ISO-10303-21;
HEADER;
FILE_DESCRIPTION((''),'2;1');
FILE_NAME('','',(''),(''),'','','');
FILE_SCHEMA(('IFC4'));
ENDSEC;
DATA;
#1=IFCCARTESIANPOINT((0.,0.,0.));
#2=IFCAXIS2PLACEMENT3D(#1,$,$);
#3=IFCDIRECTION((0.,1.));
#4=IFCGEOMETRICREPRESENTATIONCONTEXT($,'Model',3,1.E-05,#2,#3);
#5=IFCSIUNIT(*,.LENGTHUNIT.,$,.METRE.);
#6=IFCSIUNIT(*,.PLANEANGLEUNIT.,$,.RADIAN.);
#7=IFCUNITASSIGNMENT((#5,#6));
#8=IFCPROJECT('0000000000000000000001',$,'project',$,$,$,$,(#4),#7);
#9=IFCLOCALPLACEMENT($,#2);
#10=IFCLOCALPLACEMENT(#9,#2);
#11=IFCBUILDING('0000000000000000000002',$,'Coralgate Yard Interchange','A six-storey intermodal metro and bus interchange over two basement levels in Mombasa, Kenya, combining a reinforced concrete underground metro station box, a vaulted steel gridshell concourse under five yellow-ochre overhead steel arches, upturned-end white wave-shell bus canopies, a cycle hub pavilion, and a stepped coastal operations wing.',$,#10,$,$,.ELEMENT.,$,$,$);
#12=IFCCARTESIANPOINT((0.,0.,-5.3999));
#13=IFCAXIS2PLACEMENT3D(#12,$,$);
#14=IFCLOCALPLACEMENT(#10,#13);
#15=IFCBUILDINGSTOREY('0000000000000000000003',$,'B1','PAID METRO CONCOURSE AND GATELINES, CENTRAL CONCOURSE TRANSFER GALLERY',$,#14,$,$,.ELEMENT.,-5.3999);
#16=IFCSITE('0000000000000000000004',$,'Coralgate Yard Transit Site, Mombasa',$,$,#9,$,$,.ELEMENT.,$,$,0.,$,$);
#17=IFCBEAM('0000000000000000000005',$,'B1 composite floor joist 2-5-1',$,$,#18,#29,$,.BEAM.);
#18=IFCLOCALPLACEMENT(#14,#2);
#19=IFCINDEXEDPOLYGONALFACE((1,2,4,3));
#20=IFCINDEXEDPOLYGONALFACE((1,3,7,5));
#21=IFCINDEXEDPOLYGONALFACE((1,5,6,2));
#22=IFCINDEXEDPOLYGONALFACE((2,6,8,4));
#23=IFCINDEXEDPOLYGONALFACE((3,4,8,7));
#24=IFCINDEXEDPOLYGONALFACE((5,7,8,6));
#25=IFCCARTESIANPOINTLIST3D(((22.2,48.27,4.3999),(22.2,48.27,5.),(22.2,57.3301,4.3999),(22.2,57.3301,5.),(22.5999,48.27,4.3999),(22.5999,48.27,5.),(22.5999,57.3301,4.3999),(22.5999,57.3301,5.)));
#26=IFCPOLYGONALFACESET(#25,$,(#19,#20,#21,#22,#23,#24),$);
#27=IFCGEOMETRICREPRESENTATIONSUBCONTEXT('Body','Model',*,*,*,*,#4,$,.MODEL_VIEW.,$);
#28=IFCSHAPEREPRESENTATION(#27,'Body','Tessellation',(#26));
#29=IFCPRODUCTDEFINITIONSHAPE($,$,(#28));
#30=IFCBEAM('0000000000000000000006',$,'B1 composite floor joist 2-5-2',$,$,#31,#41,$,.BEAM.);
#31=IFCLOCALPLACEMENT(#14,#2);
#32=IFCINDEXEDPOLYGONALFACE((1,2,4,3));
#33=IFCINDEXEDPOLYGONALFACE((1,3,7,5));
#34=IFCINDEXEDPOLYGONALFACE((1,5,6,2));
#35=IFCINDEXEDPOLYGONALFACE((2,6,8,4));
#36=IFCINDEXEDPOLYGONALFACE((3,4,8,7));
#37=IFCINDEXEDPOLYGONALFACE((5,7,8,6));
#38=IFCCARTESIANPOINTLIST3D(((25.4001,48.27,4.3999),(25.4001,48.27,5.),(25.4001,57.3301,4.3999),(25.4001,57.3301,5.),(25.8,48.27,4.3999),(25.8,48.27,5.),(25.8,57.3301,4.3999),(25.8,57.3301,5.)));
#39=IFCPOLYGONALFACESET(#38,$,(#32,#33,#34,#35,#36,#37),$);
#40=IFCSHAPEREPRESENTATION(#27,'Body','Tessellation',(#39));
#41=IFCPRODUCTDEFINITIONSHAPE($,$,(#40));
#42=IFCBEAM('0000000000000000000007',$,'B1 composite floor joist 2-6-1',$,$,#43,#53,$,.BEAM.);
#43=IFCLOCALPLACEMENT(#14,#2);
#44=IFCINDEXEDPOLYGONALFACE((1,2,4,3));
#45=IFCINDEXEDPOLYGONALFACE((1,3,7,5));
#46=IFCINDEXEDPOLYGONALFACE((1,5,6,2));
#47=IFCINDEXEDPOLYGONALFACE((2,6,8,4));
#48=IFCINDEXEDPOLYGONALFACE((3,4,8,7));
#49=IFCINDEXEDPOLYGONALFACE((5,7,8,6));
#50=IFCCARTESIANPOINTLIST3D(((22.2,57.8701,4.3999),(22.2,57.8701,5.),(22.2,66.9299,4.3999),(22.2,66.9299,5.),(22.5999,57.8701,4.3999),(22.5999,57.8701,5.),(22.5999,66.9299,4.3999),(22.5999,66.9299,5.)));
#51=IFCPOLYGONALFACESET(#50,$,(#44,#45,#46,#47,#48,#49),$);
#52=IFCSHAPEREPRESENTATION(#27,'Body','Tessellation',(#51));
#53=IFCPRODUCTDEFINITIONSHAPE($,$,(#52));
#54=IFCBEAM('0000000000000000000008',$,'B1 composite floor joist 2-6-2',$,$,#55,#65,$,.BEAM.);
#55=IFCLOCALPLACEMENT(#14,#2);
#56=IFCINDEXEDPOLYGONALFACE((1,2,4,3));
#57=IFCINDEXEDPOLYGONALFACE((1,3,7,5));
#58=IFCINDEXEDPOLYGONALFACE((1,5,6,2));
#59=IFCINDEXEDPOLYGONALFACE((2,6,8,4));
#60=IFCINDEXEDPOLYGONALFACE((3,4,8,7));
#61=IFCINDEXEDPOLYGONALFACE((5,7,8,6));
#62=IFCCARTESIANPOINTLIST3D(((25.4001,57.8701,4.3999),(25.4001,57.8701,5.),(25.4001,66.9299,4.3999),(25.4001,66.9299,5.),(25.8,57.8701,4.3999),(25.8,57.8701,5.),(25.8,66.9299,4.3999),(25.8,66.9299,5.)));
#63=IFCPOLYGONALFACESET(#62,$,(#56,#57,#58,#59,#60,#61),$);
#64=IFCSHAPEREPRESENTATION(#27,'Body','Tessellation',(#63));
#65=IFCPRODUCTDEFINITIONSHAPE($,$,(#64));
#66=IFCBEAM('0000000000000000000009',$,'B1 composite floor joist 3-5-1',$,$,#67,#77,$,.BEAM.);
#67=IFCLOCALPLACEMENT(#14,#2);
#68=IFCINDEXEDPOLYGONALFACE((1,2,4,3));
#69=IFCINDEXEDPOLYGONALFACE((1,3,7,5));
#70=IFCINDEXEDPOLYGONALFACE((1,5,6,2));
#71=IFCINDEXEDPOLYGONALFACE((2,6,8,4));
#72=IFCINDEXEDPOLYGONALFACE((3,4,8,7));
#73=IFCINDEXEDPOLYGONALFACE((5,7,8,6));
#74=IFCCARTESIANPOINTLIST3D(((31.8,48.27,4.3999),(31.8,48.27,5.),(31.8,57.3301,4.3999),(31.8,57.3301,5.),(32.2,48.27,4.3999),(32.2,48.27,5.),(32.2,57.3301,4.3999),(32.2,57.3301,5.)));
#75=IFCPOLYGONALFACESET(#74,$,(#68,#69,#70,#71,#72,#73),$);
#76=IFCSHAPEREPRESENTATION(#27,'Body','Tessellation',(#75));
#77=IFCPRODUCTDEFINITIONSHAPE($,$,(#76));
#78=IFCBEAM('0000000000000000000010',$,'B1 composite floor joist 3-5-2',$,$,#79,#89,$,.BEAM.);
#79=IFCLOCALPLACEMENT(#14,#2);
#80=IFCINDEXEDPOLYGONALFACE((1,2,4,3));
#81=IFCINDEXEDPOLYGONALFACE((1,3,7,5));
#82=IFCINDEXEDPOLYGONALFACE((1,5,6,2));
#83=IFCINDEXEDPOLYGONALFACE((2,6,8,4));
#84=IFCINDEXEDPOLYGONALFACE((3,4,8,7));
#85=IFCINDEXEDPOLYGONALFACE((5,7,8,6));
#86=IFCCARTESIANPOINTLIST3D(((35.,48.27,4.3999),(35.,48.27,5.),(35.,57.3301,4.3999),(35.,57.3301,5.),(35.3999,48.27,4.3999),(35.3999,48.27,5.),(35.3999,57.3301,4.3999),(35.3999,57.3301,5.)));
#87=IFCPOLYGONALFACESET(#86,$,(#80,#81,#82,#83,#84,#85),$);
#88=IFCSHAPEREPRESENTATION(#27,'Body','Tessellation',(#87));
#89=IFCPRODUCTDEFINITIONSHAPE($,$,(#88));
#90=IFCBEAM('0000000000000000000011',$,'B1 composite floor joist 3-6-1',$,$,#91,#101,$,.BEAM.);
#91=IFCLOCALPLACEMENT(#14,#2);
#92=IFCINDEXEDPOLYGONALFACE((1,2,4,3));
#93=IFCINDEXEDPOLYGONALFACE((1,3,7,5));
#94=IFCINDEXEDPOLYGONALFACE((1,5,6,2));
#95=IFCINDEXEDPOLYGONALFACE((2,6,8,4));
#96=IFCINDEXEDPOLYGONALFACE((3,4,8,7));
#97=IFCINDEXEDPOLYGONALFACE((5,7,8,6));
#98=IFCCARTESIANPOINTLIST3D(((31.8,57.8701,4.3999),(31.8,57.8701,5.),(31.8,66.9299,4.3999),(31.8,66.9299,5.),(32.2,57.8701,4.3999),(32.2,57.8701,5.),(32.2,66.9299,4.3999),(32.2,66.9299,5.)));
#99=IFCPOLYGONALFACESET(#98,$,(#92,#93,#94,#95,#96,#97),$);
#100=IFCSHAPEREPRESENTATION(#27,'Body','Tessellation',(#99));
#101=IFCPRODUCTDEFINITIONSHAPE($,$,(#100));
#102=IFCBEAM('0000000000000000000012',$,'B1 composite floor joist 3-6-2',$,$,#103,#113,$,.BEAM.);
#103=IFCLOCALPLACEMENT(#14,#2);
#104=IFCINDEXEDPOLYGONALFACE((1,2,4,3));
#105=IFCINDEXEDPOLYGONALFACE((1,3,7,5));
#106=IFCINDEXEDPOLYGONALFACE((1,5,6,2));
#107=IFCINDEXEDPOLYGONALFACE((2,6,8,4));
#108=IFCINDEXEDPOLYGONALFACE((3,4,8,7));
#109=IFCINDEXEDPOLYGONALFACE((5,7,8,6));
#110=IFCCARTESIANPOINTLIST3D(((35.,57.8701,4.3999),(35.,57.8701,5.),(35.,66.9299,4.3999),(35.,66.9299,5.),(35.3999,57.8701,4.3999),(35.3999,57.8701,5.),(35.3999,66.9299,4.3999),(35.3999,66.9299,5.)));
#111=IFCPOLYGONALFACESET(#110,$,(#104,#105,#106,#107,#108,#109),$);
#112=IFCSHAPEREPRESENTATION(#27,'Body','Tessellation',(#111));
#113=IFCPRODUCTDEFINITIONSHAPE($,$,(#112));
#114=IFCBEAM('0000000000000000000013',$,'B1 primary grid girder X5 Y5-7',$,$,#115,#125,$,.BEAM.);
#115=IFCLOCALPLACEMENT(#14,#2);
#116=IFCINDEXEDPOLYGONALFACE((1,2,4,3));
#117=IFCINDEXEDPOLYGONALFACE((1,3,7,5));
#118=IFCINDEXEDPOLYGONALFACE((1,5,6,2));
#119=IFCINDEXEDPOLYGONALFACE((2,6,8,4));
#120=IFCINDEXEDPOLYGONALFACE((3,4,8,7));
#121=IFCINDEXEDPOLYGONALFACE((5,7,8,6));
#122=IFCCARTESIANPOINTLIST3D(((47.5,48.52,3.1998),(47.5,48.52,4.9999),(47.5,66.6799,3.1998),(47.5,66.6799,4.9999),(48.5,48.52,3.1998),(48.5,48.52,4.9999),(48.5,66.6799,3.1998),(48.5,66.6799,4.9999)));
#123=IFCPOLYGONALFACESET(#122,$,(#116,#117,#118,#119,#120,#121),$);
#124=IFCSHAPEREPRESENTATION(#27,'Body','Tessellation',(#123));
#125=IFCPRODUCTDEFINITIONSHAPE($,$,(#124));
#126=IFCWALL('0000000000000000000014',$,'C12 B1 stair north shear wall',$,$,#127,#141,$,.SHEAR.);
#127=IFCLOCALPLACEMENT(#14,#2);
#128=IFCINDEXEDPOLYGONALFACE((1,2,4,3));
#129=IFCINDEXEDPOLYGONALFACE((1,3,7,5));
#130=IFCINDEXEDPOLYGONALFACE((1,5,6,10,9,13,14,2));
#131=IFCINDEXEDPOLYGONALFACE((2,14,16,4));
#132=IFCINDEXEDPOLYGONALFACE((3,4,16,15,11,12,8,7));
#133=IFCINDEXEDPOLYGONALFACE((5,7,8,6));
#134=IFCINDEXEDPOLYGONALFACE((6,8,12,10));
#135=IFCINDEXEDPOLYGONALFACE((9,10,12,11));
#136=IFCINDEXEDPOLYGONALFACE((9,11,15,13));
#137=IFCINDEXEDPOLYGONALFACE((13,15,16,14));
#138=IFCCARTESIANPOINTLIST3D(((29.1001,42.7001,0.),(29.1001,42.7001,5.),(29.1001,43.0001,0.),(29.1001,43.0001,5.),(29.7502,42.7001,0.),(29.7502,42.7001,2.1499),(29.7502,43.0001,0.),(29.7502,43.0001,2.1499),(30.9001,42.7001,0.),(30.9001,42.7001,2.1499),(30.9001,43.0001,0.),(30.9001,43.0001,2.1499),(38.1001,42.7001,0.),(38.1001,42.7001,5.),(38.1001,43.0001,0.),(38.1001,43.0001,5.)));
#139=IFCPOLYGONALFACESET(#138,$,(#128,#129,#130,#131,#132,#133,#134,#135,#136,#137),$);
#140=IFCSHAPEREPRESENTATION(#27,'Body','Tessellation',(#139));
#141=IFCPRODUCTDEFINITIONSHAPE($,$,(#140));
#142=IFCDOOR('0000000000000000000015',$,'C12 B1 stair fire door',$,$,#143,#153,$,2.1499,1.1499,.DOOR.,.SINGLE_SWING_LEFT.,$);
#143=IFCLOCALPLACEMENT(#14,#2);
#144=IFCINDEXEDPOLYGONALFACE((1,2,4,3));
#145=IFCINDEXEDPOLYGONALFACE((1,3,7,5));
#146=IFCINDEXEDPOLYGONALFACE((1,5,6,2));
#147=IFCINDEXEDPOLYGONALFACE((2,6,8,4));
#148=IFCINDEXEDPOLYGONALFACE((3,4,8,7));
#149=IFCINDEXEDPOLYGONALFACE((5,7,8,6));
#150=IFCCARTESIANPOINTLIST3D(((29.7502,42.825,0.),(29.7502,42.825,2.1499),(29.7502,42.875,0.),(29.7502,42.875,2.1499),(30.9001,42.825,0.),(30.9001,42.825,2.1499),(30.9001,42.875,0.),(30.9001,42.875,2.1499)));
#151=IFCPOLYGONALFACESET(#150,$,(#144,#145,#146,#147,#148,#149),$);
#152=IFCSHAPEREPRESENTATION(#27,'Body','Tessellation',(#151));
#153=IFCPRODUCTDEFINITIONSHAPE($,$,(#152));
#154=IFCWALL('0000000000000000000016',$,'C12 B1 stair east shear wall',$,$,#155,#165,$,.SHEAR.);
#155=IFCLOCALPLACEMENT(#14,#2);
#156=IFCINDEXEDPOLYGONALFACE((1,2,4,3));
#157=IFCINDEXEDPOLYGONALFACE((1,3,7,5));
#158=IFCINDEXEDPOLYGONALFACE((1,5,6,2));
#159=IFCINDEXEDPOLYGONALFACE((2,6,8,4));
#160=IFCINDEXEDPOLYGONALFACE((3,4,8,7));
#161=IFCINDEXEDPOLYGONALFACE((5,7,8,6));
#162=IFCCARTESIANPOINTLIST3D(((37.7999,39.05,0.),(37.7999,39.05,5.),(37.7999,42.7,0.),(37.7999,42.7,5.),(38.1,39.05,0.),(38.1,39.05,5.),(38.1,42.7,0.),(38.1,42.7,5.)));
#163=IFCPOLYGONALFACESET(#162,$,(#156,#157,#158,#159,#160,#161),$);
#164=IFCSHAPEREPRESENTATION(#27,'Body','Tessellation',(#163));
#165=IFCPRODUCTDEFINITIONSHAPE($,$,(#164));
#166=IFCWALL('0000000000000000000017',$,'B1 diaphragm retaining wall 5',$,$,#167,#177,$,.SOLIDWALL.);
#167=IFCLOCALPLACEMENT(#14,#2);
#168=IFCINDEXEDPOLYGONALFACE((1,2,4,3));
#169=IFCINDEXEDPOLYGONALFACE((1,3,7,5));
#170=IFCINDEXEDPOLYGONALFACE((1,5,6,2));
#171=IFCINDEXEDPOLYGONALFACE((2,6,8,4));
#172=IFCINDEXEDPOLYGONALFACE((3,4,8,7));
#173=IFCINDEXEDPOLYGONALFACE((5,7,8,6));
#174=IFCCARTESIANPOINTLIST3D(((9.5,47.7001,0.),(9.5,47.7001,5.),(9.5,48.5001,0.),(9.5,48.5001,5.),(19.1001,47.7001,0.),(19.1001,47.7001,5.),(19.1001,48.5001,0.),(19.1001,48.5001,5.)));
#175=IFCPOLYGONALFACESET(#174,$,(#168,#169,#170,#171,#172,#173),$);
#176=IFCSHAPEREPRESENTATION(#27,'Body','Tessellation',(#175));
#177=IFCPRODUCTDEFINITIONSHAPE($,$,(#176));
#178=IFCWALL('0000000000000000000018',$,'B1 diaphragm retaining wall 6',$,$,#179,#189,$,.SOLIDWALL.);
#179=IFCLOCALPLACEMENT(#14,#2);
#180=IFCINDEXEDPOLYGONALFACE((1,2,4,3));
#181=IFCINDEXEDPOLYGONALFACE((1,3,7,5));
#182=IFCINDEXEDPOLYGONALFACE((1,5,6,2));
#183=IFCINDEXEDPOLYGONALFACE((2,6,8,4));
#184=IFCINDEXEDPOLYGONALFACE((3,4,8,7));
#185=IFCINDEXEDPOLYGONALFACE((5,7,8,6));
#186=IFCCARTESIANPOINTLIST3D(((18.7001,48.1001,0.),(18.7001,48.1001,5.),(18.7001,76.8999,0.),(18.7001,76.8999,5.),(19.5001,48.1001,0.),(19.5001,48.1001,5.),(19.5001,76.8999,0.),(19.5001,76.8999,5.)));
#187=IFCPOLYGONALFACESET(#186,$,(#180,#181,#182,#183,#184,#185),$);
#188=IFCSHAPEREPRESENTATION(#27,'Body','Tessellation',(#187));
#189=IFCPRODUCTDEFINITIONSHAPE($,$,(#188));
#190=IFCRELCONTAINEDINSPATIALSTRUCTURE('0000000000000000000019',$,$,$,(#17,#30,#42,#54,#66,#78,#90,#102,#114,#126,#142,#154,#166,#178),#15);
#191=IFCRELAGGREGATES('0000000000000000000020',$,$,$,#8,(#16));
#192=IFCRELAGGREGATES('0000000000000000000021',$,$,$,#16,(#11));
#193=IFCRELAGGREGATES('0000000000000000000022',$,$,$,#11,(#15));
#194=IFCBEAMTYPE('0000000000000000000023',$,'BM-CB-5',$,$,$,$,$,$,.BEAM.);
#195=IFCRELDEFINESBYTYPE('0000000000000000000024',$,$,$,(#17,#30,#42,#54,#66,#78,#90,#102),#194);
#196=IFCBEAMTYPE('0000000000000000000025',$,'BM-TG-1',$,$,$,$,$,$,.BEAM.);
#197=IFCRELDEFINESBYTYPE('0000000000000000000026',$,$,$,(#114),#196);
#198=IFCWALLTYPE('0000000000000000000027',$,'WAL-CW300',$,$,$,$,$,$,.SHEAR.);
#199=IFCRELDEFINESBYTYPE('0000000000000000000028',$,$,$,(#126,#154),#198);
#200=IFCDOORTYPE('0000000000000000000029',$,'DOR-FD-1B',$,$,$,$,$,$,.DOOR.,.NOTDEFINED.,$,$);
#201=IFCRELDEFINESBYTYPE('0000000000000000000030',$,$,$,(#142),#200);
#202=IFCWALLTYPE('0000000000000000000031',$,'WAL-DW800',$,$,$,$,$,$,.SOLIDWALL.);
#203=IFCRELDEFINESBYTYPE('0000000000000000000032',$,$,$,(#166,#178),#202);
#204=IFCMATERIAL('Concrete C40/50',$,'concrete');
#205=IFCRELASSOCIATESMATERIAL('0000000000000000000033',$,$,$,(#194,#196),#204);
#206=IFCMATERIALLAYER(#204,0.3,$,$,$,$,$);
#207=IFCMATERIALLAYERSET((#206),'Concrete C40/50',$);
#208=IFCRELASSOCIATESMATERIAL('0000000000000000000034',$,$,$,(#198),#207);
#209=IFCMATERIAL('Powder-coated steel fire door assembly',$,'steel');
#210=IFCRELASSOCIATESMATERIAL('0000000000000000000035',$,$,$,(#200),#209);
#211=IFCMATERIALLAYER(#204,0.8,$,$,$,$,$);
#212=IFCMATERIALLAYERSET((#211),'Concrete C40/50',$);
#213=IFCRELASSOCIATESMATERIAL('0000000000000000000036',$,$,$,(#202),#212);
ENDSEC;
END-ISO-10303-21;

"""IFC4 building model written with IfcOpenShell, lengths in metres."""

from ifc_helpers import new_model, si_unit, direction, frame, frame_2d, origin, origin_2d, place, context, subcontext, project, spatial, rectangle, extrude, material, layer, layer_set, material_profile, profile_set, type_object, element, fill, save


model = new_model("IFC4")

# Units and contexts
model_context = context("Model", 3, precision=1e-05, world=origin(), true_north=direction((0.0, 1.0)))
body_context = subcontext(model_context, "Body", "Model", "MODEL_VIEW")
ifc_project = project(units=[si_unit("LENGTHUNIT", "METRE"), si_unit("PLANEANGLEUNIT", "RADIAN")], contexts=[model_context])

# Site, building, storey
site_placement = place(None, origin())
site = spatial("IfcSite", under=ifc_project, at=site_placement, Name="Coralgate Yard Transit Site, Mombasa", CompositionType="ELEMENT", RefElevation=0.0)
building_placement = place(site_placement, origin())
building = spatial("IfcBuilding", under=site, at=building_placement, Name="Coralgate Yard Interchange", Description="A six-storey intermodal metro and bus interchange over two basement levels in Mombasa, Kenya, combining a reinforced concrete underground metro station box, a vaulted steel gridshell concourse under five yellow-ochre overhead steel arches, upturned-end white wave-shell bus canopies, a cycle hub pavilion, and a stepped coastal operations wing.", CompositionType="ELEMENT")
storey_placement = place(building_placement, frame((0.0, 0.0, -5.3999)))
storey = spatial("IfcBuildingStorey", under=building, at=storey_placement, Name="B1", Description="PAID METRO CONCOURSE AND GATELINES, CENTRAL CONCOURSE TRANSFER GALLERY", CompositionType="ELEMENT", Elevation=-5.3999)

# Shared definitions
ifc_material_1 = material(Name="Concrete C40/50", Category="concrete")

# Beams
ifc_material_profile_1 = material_profile(ifc_material_1, rectangle(XDim=0.3999, YDim=0.6001, at=origin_2d()), Name="RC 400x600")
ifc_profile_set_1 = profile_set([ifc_material_profile_1], Name="Concrete C40/50")
beam_type_1 = type_object("IfcBeamType", Name="BM-CB-5", PredefinedType="BEAM", material=ifc_profile_set_1)
for number, where, z_axis, x_axis, name in (
    (1, (22.3999, 48.27, 4.7), (0.0, 1.0, 0.0), (-1.0, 0.0, 0.0), "B1 composite floor joist 2-5-1"),
    (2, (25.6001, 48.27, 4.7), (0.0, 1.0, 0.0), (-1.0, 0.0, 0.0), "B1 composite floor joist 2-5-2"),
):
    element("IfcBeam", number, at=place(storey_placement, frame(where, z_axis=z_axis, x_axis=x_axis)), inside=storey, type_object=beam_type_1, Name=name, PredefinedType="BEAM", context=body_context, shape_type="SweptSolid", body=[
        extrude(rectangle(XDim=0.3999, YDim=0.6001, at=origin_2d()), origin(), (0.0, 0.0, 1.0), 9.0601),
    ])
for number, where, z_axis, x_axis, name in (
    (3, (22.3999, 57.8701, 4.7), (0.0, 1.0, 0.0), (-1.0, 0.0, 0.0), "B1 composite floor joist 2-6-1"),
    (4, (25.6001, 57.8701, 4.7), (0.0, 1.0, 0.0), (-1.0, 0.0, 0.0), "B1 composite floor joist 2-6-2"),
):
    element("IfcBeam", number, at=place(storey_placement, frame(where, z_axis=z_axis, x_axis=x_axis)), inside=storey, type_object=beam_type_1, Name=name, PredefinedType="BEAM", context=body_context, shape_type="SweptSolid", body=[
        extrude(rectangle(XDim=0.3999, YDim=0.6001, at=origin_2d()), origin(), (0.0, 0.0, 1.0), 9.0598),
    ])
for number, where, z_axis, x_axis, name in (
    (5, (32.0, 48.27, 4.7), (0.0, 1.0, 0.0), (-1.0, 0.0, 0.0), "B1 composite floor joist 3-5-1"),
    (6, (35.2, 48.27, 4.7), (0.0, 1.0, 0.0), (-1.0, 0.0, 0.0), "B1 composite floor joist 3-5-2"),
):
    element("IfcBeam", number, at=place(storey_placement, frame(where, z_axis=z_axis, x_axis=x_axis)), inside=storey, type_object=beam_type_1, Name=name, PredefinedType="BEAM", context=body_context, shape_type="SweptSolid", body=[
        extrude(rectangle(XDim=0.3999, YDim=0.6001, at=origin_2d()), origin(), (0.0, 0.0, 1.0), 9.0601),
    ])
for number, where, z_axis, x_axis, name in (
    (7, (32.0, 57.8701, 4.7), (0.0, 1.0, 0.0), (-1.0, 0.0, 0.0), "B1 composite floor joist 3-6-1"),
    (8, (35.2, 57.8701, 4.7), (0.0, 1.0, 0.0), (-1.0, 0.0, 0.0), "B1 composite floor joist 3-6-2"),
):
    element("IfcBeam", number, at=place(storey_placement, frame(where, z_axis=z_axis, x_axis=x_axis)), inside=storey, type_object=beam_type_1, Name=name, PredefinedType="BEAM", context=body_context, shape_type="SweptSolid", body=[
        extrude(rectangle(XDim=0.3999, YDim=0.6001, at=origin_2d()), origin(), (0.0, 0.0, 1.0), 9.0598),
    ])
ifc_material_profile_2 = material_profile(ifc_material_1, rectangle(XDim=1.0, YDim=1.8, at=origin_2d()), Name="RC 1000x1800")
ifc_profile_set_2 = profile_set([ifc_material_profile_2], Name="Concrete C40/50")
beam_type_2 = type_object("IfcBeamType", Name="BM-TG-1", PredefinedType="BEAM", material=ifc_profile_set_2)
beam_1_placement = place(storey_placement, frame((48.0, 48.52, 4.0999), z_axis=(0.0, 1.0, 0.0), x_axis=(-1.0, 0.0, 0.0)))
element("IfcBeam", 9, at=beam_1_placement, inside=storey, type_object=beam_type_2, Name="B1 primary grid girder X5 Y5-7", PredefinedType="BEAM", context=body_context, shape_type="SweptSolid", body=[
    extrude(rectangle(XDim=1.0, YDim=1.8, at=origin_2d()), origin(), (0.0, 0.0, 1.0), 18.1599),
])

# Wall, opening, door
ifc_layer_1 = layer(ifc_material_1, 0.3)
ifc_layer_set_1 = layer_set([ifc_layer_1], Name="Concrete C40/50")
wall_type_1 = type_object("IfcWallType", Name="WAL-CW300", PredefinedType="SHEAR", material=ifc_layer_set_1)
wall_1_placement = place(storey_placement, frame((38.1001, 42.8501, 0.0), z_axis=(0.0, 0.0, 1.0), x_axis=(-1.0, 0.0, 0.0)))
wall_1 = element("IfcWall", 10, at=wall_1_placement, inside=storey, type_object=wall_type_1, Name="C12 B1 stair north shear wall", PredefinedType="SHEAR", context=body_context, shape_type="SweptSolid", body=[
    extrude(rectangle(XDim=9.0, YDim=0.3, at=frame_2d((4.5, 0.0))), origin(), (0.0, 0.0, 1.0), 5.0),
])
opening_placement = place(wall_1_placement, frame((7.2, 0.0, 0.0)))
opening = element("IfcOpeningElement", 11, at=opening_placement, cuts=wall_1, PredefinedType="OPENING", context=body_context, shape_type="SweptSolid", body=[
    extrude(rectangle(XDim=1.1499, YDim=2.1499, at=frame_2d((0.575, 1.075))), frame((0.0, 0.1599, 0.0), z_axis=(0.0, -1.0, 0.0), x_axis=(1.0, 0.0, 0.0)), (0.0, 0.0, 1.0), 0.3201),
])
ifc_material_2 = material(Name="Powder-coated steel fire door assembly", Category="steel")
door_type = type_object("IfcDoorType", Name="DOR-FD-1B", OperationType="NOTDEFINED", PredefinedType="DOOR", material=ifc_material_2)
door_placement = place(opening_placement, frame((1.1499, 0.0, 0.0), z_axis=(0.0, 0.0, 1.0), x_axis=(-1.0, 0.0, 0.0)))
door = element("IfcDoor", 12, at=door_placement, inside=storey, type_object=door_type, Name="C12 B1 stair fire door", OperationType="SINGLE_SWING_LEFT", OverallHeight=2.1499, OverallWidth=1.1499, PredefinedType="DOOR", context=body_context, shape_type="SweptSolid", body=[
    extrude(rectangle(XDim=1.1499, YDim=2.1499, at=frame_2d((0.575, 1.075))), frame((0.0, 0.0249, 0.0), z_axis=(0.0, -1.0, 0.0), x_axis=(1.0, 0.0, 0.0)), (0.0, 0.0, 1.0), 0.05),
])
fill(opening, door)

# Walls
wall_2_placement = place(storey_placement, frame((37.95, 42.7, 0.0), z_axis=(0.0, 0.0, 1.0), x_axis=(0.0, -1.0, 0.0)))
element("IfcWall", 13, at=wall_2_placement, inside=storey, type_object=wall_type_1, Name="C12 B1 stair east shear wall", PredefinedType="SHEAR", context=body_context, shape_type="SweptSolid", body=[
    extrude(rectangle(XDim=3.6499, YDim=0.3, at=frame_2d((1.825, 0.0))), origin(), (0.0, 0.0, 1.0), 5.0),
])
ifc_layer_2 = layer(ifc_material_1, 0.8)
ifc_layer_set_2 = layer_set([ifc_layer_2], Name="Concrete C40/50")
wall_type_2 = type_object("IfcWallType", Name="WAL-DW800", PredefinedType="SOLIDWALL", material=ifc_layer_set_2)
wall_3_placement = place(storey_placement, frame((9.5, 48.1001, 0.0), z_axis=(0.0, 0.0, 1.0), x_axis=(1.0, 0.0, 0.0)))
element("IfcWall", 14, at=wall_3_placement, inside=storey, type_object=wall_type_2, Name="B1 diaphragm retaining wall 5", PredefinedType="SOLIDWALL", context=body_context, shape_type="SweptSolid", body=[
    extrude(rectangle(XDim=9.6001, YDim=0.8, at=frame_2d((4.8, 0.0))), origin(), (0.0, 0.0, 1.0), 5.0),
])
wall_4_placement = place(storey_placement, frame((19.1001, 48.1001, 0.0), z_axis=(0.0, 0.0, 1.0), x_axis=(0.0, 1.0, 0.0)))
element("IfcWall", 15, at=wall_4_placement, inside=storey, type_object=wall_type_2, Name="B1 diaphragm retaining wall 6", PredefinedType="SOLIDWALL", context=body_context, shape_type="SweptSolid", body=[
    extrude(rectangle(XDim=28.7998, YDim=0.8, at=frame_2d((14.3999, 0.0))), origin(), (0.0, 0.0, 1.0), 5.0),
])

save(model, "model.ifc")
